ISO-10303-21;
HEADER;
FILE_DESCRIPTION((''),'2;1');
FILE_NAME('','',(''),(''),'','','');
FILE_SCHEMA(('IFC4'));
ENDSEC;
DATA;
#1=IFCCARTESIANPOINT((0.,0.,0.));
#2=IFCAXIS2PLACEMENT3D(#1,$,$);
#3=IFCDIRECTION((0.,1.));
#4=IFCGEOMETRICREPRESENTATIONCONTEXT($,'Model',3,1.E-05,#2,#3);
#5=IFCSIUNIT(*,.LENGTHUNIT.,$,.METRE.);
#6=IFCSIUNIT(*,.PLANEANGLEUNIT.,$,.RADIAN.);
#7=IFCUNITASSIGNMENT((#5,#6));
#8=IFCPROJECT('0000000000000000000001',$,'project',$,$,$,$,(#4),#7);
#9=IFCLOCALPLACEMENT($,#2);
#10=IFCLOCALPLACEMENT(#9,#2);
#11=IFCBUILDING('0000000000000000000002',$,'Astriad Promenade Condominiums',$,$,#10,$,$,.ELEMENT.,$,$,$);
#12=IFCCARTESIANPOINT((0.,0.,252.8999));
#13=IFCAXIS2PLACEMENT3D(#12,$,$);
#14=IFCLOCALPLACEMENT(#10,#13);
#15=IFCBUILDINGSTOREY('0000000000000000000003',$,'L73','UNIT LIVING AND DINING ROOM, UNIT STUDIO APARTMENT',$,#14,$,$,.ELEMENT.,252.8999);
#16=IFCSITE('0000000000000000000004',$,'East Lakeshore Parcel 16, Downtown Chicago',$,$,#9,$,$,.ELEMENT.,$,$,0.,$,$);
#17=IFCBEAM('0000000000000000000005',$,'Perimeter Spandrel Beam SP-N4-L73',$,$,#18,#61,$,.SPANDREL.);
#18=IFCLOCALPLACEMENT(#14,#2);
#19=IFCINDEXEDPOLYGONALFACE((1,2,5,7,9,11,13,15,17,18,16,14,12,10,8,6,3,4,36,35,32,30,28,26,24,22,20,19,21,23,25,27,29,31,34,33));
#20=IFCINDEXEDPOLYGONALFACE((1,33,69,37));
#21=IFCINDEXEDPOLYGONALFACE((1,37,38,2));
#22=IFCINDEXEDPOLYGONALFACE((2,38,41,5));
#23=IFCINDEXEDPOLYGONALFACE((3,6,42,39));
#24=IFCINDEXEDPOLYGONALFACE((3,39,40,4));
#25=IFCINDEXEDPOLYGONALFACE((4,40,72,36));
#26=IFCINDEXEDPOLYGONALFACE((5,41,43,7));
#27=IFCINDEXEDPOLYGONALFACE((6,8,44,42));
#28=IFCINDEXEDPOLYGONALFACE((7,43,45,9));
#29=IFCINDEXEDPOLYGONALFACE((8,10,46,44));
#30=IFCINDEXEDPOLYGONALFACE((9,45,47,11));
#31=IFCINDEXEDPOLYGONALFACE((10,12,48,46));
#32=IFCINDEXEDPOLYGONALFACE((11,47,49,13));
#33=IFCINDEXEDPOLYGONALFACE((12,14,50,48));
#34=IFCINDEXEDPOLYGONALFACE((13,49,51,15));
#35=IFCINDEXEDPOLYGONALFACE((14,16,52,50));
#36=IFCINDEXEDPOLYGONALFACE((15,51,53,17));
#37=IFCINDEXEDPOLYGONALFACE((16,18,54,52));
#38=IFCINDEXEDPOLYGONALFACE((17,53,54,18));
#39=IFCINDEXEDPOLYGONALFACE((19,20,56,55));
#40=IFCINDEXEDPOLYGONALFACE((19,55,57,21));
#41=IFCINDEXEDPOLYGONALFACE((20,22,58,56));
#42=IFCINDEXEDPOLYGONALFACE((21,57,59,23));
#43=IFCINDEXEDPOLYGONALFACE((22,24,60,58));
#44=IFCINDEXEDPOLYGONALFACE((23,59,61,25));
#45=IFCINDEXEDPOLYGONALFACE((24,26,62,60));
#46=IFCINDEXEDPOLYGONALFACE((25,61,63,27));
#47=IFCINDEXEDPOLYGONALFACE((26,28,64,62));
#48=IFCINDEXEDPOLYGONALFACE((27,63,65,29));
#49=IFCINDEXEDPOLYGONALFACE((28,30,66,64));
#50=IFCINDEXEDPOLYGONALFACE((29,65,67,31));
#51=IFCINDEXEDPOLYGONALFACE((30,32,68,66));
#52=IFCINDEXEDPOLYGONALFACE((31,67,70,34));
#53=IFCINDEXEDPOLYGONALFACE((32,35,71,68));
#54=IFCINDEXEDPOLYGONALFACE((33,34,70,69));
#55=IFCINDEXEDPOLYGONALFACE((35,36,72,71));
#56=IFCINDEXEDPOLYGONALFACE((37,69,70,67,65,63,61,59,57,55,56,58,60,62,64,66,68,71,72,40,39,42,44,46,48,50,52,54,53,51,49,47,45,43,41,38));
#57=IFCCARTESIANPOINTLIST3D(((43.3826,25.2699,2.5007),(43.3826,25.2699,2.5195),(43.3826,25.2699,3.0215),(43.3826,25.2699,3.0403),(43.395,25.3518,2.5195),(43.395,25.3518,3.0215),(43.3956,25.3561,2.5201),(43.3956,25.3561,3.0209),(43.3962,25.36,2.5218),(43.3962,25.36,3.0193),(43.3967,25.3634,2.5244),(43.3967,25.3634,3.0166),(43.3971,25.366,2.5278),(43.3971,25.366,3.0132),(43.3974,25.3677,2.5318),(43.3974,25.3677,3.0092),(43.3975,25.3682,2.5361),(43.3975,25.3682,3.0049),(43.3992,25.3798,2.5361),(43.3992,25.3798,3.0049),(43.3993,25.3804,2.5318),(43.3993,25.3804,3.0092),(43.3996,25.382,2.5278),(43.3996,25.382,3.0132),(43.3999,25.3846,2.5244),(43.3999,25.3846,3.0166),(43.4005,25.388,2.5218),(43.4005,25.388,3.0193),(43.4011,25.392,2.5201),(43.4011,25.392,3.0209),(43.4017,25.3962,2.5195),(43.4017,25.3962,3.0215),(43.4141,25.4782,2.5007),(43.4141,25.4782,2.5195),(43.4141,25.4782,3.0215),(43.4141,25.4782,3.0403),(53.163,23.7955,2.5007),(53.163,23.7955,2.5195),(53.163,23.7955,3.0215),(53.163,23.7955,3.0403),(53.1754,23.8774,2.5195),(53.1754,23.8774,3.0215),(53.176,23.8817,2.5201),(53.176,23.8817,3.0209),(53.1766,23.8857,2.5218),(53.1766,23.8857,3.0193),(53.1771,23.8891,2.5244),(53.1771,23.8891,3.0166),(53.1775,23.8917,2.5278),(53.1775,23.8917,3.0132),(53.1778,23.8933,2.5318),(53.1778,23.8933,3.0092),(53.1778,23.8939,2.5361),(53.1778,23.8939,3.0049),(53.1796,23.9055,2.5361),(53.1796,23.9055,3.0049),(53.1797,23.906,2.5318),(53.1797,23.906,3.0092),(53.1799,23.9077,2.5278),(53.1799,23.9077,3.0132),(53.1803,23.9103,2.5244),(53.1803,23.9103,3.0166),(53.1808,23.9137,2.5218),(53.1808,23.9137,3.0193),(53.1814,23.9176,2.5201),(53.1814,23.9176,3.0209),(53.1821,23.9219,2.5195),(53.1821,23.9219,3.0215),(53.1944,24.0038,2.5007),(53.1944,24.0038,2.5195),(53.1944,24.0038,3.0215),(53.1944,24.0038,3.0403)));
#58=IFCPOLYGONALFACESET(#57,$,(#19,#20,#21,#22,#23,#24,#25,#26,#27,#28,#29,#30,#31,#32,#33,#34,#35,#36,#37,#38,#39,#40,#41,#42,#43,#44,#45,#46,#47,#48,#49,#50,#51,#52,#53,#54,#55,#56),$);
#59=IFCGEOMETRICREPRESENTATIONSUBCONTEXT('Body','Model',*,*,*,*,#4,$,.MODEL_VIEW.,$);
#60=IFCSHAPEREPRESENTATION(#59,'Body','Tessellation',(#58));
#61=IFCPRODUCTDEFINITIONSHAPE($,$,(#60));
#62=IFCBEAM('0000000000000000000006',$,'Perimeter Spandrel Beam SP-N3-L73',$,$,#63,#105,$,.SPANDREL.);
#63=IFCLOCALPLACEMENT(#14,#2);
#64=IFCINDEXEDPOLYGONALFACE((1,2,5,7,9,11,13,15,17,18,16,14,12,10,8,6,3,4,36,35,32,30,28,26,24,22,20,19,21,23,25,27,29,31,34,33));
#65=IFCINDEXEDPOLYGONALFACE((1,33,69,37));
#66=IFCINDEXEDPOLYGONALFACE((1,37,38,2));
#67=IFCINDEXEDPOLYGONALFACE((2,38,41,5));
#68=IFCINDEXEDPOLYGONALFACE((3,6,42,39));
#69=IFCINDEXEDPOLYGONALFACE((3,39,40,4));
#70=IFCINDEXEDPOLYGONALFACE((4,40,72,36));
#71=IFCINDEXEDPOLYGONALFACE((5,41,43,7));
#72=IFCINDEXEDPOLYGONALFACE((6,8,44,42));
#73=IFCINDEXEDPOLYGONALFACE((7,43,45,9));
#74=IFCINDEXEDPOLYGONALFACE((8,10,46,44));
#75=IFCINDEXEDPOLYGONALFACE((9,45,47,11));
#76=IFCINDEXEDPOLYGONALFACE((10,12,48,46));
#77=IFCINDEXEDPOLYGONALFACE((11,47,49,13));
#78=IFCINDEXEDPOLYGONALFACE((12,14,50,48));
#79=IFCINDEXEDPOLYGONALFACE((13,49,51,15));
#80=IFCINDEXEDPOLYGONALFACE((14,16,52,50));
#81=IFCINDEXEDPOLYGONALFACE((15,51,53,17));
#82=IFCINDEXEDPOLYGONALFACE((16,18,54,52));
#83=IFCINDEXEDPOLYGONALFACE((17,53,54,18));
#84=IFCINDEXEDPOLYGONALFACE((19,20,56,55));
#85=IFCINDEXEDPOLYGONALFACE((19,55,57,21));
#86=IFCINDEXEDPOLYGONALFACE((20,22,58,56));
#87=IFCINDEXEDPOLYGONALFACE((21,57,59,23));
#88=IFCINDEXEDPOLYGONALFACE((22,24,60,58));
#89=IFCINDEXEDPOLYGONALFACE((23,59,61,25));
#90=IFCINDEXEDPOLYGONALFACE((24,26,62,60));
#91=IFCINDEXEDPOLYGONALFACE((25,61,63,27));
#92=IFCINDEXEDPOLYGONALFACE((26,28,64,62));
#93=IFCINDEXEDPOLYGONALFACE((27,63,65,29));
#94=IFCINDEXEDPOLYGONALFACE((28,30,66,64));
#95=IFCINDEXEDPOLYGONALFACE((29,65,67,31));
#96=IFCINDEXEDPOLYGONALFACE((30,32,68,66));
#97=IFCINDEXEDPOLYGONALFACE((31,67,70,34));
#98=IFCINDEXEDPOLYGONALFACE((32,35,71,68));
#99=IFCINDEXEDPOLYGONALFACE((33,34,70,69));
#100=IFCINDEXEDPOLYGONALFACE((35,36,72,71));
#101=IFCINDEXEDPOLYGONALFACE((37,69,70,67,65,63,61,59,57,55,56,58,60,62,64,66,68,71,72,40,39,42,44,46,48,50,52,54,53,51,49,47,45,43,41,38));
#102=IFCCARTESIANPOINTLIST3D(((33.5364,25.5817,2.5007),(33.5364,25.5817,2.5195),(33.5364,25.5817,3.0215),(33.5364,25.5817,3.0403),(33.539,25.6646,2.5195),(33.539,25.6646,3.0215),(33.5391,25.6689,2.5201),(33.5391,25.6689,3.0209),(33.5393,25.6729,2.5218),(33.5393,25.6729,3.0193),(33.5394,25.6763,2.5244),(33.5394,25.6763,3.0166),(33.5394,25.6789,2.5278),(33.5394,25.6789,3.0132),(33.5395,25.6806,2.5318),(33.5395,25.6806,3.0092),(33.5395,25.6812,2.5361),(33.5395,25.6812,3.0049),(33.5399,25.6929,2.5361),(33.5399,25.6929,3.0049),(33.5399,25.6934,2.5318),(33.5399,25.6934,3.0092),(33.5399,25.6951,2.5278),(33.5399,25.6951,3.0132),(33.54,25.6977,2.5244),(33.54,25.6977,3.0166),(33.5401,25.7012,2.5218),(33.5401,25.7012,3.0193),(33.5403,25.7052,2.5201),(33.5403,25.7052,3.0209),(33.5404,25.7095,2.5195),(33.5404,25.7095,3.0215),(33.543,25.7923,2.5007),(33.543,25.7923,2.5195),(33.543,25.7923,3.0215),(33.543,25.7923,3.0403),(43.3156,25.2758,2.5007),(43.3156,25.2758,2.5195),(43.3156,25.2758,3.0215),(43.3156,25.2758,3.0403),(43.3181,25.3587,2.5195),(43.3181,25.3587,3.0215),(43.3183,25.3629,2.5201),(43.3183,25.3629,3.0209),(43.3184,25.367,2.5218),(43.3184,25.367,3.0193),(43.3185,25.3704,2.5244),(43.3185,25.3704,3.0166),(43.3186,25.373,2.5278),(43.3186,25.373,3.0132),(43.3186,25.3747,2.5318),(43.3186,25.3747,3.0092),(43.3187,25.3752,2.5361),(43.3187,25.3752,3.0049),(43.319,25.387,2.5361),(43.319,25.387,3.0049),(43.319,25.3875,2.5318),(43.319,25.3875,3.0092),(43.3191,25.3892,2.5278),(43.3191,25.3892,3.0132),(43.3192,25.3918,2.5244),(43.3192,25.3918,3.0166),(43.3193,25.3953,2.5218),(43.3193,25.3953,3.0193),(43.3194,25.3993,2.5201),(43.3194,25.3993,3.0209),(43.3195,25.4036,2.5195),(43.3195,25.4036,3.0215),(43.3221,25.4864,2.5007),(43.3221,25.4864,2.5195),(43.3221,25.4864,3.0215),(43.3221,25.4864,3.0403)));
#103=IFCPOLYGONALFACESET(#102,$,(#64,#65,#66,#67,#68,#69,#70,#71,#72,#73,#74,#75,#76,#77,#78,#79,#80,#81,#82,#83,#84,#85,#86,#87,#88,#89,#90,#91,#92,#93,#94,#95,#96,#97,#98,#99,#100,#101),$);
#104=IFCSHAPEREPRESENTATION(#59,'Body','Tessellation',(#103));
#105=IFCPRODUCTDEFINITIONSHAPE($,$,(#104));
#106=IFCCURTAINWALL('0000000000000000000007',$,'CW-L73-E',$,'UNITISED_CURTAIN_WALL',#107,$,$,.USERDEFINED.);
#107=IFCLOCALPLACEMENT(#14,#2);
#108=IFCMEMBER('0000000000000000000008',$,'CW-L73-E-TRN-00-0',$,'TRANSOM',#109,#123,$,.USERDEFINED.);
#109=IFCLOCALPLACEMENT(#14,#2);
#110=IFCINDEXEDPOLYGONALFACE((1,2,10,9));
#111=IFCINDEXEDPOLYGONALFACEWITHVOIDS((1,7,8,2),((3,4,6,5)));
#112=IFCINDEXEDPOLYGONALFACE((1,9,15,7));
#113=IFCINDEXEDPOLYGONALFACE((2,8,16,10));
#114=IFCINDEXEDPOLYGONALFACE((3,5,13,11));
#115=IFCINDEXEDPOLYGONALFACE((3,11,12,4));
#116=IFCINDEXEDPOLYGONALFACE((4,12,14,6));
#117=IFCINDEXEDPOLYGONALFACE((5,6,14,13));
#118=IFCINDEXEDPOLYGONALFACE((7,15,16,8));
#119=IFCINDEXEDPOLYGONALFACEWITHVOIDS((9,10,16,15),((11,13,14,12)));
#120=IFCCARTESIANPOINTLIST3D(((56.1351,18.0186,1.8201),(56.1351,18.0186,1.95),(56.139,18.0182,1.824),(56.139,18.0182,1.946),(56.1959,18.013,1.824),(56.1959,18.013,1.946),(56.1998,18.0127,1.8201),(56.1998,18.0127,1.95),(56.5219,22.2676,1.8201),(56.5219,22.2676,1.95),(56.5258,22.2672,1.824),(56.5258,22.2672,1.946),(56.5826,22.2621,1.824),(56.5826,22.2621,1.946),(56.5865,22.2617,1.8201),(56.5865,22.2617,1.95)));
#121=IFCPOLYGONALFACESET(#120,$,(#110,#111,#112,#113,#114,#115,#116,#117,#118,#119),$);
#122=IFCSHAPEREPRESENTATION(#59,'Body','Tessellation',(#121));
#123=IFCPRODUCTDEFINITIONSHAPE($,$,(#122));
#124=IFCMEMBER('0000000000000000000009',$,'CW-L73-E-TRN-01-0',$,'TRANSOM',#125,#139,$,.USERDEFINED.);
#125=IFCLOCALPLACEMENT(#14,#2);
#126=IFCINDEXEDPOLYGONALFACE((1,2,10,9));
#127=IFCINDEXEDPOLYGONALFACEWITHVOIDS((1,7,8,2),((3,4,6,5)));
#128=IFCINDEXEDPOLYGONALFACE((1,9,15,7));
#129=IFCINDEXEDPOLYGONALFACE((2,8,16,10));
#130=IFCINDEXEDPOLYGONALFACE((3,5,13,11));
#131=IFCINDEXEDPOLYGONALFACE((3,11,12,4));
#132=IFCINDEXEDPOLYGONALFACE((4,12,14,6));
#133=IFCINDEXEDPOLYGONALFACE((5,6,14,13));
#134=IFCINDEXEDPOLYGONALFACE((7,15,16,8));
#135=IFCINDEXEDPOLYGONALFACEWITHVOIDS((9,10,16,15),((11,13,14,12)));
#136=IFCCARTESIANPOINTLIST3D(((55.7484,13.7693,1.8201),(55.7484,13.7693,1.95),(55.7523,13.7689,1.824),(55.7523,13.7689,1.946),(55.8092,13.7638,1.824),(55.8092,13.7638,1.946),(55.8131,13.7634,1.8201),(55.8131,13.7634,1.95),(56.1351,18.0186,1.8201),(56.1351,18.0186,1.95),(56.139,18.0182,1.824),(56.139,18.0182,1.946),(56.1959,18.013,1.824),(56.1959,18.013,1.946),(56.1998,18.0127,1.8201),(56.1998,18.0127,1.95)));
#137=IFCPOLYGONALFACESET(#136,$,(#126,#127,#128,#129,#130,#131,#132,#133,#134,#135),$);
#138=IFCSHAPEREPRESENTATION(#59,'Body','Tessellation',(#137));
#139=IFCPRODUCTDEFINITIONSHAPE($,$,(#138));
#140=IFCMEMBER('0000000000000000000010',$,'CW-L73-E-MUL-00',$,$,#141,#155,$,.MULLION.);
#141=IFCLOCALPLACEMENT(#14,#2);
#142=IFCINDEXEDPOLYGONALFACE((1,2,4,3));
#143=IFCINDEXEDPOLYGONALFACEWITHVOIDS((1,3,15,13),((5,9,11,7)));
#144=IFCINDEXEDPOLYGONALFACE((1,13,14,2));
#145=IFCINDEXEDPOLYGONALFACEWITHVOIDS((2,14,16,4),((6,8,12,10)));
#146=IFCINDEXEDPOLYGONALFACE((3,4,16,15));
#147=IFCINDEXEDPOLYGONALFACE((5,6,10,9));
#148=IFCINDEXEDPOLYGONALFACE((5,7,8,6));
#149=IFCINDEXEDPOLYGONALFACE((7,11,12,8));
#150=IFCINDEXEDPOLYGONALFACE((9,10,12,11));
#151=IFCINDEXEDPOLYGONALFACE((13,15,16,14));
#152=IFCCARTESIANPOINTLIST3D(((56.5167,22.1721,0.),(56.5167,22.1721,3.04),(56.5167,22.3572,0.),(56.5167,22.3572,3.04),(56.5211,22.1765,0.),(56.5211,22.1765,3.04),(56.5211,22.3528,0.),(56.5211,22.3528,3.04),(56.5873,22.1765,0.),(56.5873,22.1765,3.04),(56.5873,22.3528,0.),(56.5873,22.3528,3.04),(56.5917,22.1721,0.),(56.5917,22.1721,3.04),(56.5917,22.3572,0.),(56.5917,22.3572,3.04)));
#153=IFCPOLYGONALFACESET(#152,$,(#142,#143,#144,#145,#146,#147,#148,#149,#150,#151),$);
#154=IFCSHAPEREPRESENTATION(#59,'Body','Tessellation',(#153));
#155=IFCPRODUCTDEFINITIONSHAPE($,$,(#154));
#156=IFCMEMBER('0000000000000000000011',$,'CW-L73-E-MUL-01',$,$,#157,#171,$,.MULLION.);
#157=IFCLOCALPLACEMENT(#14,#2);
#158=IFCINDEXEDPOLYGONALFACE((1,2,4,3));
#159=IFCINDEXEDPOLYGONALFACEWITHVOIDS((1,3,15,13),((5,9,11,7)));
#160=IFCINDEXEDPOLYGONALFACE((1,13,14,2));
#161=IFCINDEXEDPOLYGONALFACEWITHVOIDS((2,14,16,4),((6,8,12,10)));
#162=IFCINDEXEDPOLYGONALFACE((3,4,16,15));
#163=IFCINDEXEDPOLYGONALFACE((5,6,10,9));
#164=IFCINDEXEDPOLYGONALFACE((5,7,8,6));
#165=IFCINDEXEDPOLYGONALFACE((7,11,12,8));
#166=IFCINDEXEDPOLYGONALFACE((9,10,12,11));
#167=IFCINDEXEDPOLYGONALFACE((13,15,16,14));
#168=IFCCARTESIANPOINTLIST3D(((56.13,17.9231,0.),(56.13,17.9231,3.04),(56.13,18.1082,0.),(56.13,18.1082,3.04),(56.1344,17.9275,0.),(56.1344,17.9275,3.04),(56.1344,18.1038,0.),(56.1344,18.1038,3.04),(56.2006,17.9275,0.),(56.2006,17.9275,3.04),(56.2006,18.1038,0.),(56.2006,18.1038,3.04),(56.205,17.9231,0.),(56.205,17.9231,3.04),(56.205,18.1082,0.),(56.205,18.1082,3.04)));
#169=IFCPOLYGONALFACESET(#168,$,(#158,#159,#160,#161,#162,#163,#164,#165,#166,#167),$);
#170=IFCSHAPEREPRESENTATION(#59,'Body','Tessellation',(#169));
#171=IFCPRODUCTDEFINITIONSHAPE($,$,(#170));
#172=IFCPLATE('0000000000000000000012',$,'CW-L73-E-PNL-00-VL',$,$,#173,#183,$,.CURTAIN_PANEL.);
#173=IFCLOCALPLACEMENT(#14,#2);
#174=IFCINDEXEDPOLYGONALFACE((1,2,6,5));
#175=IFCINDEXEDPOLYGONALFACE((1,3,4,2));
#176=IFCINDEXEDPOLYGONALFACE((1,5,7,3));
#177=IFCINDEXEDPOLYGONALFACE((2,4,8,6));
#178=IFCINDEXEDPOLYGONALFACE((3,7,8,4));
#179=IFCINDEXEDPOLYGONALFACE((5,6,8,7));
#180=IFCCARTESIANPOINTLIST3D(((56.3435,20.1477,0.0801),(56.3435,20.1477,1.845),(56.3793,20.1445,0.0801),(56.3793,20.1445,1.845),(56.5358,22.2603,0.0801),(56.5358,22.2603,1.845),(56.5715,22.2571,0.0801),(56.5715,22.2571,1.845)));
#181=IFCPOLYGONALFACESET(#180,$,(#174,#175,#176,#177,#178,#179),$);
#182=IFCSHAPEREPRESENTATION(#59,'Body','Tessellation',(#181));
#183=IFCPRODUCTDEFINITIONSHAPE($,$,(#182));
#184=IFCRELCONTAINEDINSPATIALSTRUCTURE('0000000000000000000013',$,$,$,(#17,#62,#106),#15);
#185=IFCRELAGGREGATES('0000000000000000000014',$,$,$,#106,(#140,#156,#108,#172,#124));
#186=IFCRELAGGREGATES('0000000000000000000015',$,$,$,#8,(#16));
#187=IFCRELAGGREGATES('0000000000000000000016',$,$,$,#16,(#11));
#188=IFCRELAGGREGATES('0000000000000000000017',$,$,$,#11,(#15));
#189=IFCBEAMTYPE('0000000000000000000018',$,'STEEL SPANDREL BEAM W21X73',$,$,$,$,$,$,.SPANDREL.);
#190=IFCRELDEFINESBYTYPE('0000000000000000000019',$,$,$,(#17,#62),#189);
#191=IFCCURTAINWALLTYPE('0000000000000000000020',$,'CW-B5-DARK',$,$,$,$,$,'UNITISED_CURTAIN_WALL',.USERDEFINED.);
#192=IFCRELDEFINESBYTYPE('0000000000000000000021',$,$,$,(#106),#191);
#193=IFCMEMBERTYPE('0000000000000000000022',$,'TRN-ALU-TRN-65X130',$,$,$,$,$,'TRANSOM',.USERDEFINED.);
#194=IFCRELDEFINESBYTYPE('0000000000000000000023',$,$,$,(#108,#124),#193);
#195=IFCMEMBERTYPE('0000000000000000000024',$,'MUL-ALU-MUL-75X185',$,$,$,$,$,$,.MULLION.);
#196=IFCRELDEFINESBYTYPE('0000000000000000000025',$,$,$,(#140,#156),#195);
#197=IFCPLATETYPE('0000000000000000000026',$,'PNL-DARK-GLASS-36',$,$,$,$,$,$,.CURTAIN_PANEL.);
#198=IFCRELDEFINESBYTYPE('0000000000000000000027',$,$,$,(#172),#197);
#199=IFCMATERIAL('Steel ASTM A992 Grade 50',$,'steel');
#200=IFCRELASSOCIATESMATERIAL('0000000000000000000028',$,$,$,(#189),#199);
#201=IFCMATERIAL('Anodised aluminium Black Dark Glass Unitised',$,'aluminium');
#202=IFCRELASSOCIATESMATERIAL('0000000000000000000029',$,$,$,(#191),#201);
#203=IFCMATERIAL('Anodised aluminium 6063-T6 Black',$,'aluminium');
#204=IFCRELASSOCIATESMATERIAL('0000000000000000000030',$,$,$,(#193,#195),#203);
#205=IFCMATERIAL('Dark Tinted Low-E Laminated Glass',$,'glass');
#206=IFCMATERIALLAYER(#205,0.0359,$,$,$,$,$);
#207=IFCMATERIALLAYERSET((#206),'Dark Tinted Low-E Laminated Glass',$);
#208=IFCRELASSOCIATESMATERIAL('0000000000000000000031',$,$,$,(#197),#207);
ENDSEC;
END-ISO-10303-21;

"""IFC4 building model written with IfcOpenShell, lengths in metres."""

from ifc_helpers import new_model, si_unit, direction, frame, origin, origin_2d, place, context, subcontext, project, spatial, rectangle, hollow_rectangle, i_section, extrude, source, transform, mapped, material, layer, layer_set, material_profile, profile_set, type_object, type_shapes, element, aggregate, save


model = new_model("IFC4")

# Units and contexts
model_context = context("Model", 3, precision=1e-05, world=origin(), true_north=direction((0.0, 1.0)))
body_context = subcontext(model_context, "Body", "Model", "MODEL_VIEW")
ifc_project = project(units=[si_unit("LENGTHUNIT", "METRE"), si_unit("PLANEANGLEUNIT", "RADIAN")], contexts=[model_context])

# Site, building, storey
site_placement = place(None, origin())
site = spatial("IfcSite", under=ifc_project, at=site_placement, Name="East Lakeshore Parcel 16, Downtown Chicago", CompositionType="ELEMENT", RefElevation=0.0)
building_placement = place(site_placement, origin())
building = spatial("IfcBuilding", under=site, at=building_placement, Name="Astriad Promenade Condominiums", CompositionType="ELEMENT")
storey_placement = place(building_placement, frame((0.0, 0.0, 252.8999)))
storey = spatial("IfcBuildingStorey", under=building, at=storey_placement, Name="L73", Description="UNIT LIVING AND DINING ROOM, UNIT STUDIO APARTMENT", CompositionType="ELEMENT", Elevation=252.8999)

# Shared definitions
ifc_material_1 = material(Name="Steel ASTM A992 Grade 50", Category="steel")

# Beams
ifc_material_profile_1 = material_profile(ifc_material_1, i_section(OverallWidth=0.2107, OverallDepth=0.5396, WebThickness=0.0117, FlangeThickness=0.0188, FilletRadius=0.0166, at=origin_2d()), Name="W21X73")
ifc_profile_set_1 = profile_set([ifc_material_profile_1], Name="Steel ASTM A992 Grade 50")
beam_type_1 = type_object("IfcBeamType", Name="STEEL SPANDREL BEAM W21X73", PredefinedType="SPANDREL", material=ifc_profile_set_1)
shared_shape_1 = source(origin(), body_context, "Body", "SweptSolid", [
    extrude(i_section(OverallWidth=0.2107, OverallDepth=0.5396, WebThickness=0.0117, FlangeThickness=0.0188, FilletRadius=0.0166, at=origin_2d()), origin(), (0.0, 0.0, 1.0), 9.8909),
])
beam_1_placement = place(storey_placement, frame((53.1787, 23.8997, 2.7705), z_axis=(-0.988827, 0.149065, 0.0), x_axis=(-0.149065, -0.988827, 0.0)))
element("IfcBeam", 1, at=beam_1_placement, inside=storey, type_object=beam_type_1, Name="Perimeter Spandrel Beam SP-N4-L73", PredefinedType="SPANDREL", context=body_context, shape_type="MappedRepresentation", body=[
    mapped(shared_shape_1, transform((0.0, 0.0, 0.0), scale=1.0)),
])
shared_shape_2 = source(origin(), body_context, "Body", "SweptSolid", [
    extrude(i_section(OverallWidth=0.2107, OverallDepth=0.5396, WebThickness=0.0117, FlangeThickness=0.0188, FilletRadius=0.0166, at=origin_2d()), origin(), (0.0, 0.0, 1.0), 9.7839),
])
type_shapes(beam_type_1, [shared_shape_1, shared_shape_2])
beam_2_placement = place(storey_placement, frame((43.3188, 25.3811, 2.7705), z_axis=(-0.999511, 0.031267, 0.0), x_axis=(-0.031267, -0.999511, 0.0)))
element("IfcBeam", 2, at=beam_2_placement, inside=storey, type_object=beam_type_1, Name="Perimeter Spandrel Beam SP-N3-L73", PredefinedType="SPANDREL", context=body_context, shape_type="MappedRepresentation", body=[
    mapped(shared_shape_2, transform((0.0, 0.0, 0.0), scale=1.0)),
])

# Curtain wall, members, plate
ifc_material_2 = material(Name="Anodised aluminium Black Dark Glass Unitised", Category="aluminium")
curtain_wall_type = type_object("IfcCurtainWallType", Name="CW-B5-DARK", ElementType="UNITISED_CURTAIN_WALL", PredefinedType="USERDEFINED", material=ifc_material_2)
curtain_wall_placement = place(storey_placement, origin())
curtain_wall = element("IfcCurtainWall", 3, at=curtain_wall_placement, inside=storey, type_object=curtain_wall_type, Name="CW-L73-E", ObjectType="UNITISED_CURTAIN_WALL", PredefinedType="USERDEFINED")
ifc_material_3 = material(Name="Anodised aluminium 6063-T6 Black", Category="aluminium")
ifc_material_profile_2 = material_profile(ifc_material_3, hollow_rectangle(XDim=0.0649, YDim=0.1299, WallThickness=0.0039, at=origin_2d()), Name="ALU-TRN-65X130")
ifc_profile_set_2 = profile_set([ifc_material_profile_2], Name="Anodised aluminium 6063-T6 Black")
member_type_1 = type_object("IfcMemberType", Name="TRN-ALU-TRN-65X130", ElementType="TRANSOM", PredefinedType="USERDEFINED", material=ifc_profile_set_2)
shared_shape_3 = source(origin(), body_context, "Body", "SweptSolid", [
    extrude(hollow_rectangle(XDim=0.0649, YDim=0.1299, WallThickness=0.0039, at=origin_2d()), origin(), (0.0, 0.0, 1.0), 4.2666),
])
member_1_placement = place(storey_placement, frame((56.5542, 22.2646, 1.885), z_axis=(-0.090639, -0.995884, 0.0), x_axis=(0.995884, -0.090639, 0.0)))
member_1 = element("IfcMember", 4, at=member_1_placement, type_object=member_type_1, Name="CW-L73-E-TRN-00-0", ObjectType="TRANSOM", PredefinedType="USERDEFINED", context=body_context, shape_type="MappedRepresentation", body=[
    mapped(shared_shape_3, transform((0.0, 0.0, 0.0), scale=1.0)),
])
shared_shape_4 = source(origin(), body_context, "Body", "SweptSolid", [
    extrude(hollow_rectangle(XDim=0.0649, YDim=0.1299, WallThickness=0.0039, at=origin_2d()), origin(), (0.0, 0.0, 1.0), 4.2668),
])
type_shapes(member_type_1, [shared_shape_3, shared_shape_4])
member_2_placement = place(storey_placement, frame((56.1675, 18.0156, 1.885), z_axis=(-0.090634, -0.995884, 0.0), x_axis=(0.995884, -0.090634, 0.0)))
member_2 = element("IfcMember", 5, at=member_2_placement, type_object=member_type_1, Name="CW-L73-E-TRN-01-0", ObjectType="TRANSOM", PredefinedType="USERDEFINED", context=body_context, shape_type="MappedRepresentation", body=[
    mapped(shared_shape_4, transform((0.0, 0.0, 0.0), scale=1.0)),
])
ifc_material_profile_3 = material_profile(ifc_material_3, hollow_rectangle(XDim=0.075, YDim=0.1851, WallThickness=0.0044, at=origin_2d()), Name="ALU-MUL-75X185")
ifc_profile_set_3 = profile_set([ifc_material_profile_3], Name="Anodised aluminium 6063-T6 Black")
member_type_2 = type_object("IfcMemberType", Name="MUL-ALU-MUL-75X185", PredefinedType="MULLION", material=ifc_profile_set_3)
shared_shape_5 = source(origin(), body_context, "Body", "SweptSolid", [
    extrude(hollow_rectangle(XDim=0.075, YDim=0.1851, WallThickness=0.0044, at=origin_2d()), origin(), (0.0, 0.0, 1.0), 3.04),
])
type_shapes(member_type_2, [shared_shape_5])
member_3_placement = place(storey_placement, frame((56.5542, 22.2646, 0.0), z_axis=(0.0, 0.0, 1.0), x_axis=(1.0, 0.0, 0.0)))
member_3 = element("IfcMember", 6, at=member_3_placement, type_object=member_type_2, Name="CW-L73-E-MUL-00", PredefinedType="MULLION", context=body_context, shape_type="MappedRepresentation", body=[
    mapped(shared_shape_5, transform((0.0, 0.0, 0.0), scale=1.0)),
])
member_4_placement = place(storey_placement, frame((56.1675, 18.0156, 0.0), z_axis=(0.0, 0.0, 1.0), x_axis=(1.0, 0.0, 0.0)))
member_4 = element("IfcMember", 7, at=member_4_placement, type_object=member_type_2, Name="CW-L73-E-MUL-01", PredefinedType="MULLION", context=body_context, shape_type="MappedRepresentation", body=[
    mapped(shared_shape_5, transform((0.0, 0.0, 0.0), scale=1.0)),
])
ifc_material_4 = material(Name="Dark Tinted Low-E Laminated Glass", Category="glass")
ifc_layer_1 = layer(ifc_material_4, 0.0359)
ifc_layer_set_1 = layer_set([ifc_layer_1], Name="Dark Tinted Low-E Laminated Glass")
plate_type = type_object("IfcPlateType", Name="PNL-DARK-GLASS-36", PredefinedType="CURTAIN_PANEL", material=ifc_layer_set_1)
shared_shape_6 = source(origin(), body_context, "Body", "SweptSolid", [
    extrude(rectangle(XDim=2.1213, YDim=0.0359, at=origin_2d()), origin(), (0.0, 0.0, 1.0), 1.7649),
])
plate_1_placement = place(storey_placement, frame((56.4575, 21.2024, 0.0801), z_axis=(0.0, 0.0, 1.0), x_axis=(-0.090633, -0.995884, 0.0)))
plate_1 = element("IfcPlate", 8, at=plate_1_placement, type_object=plate_type, Name="CW-L73-E-PNL-00-VL", PredefinedType="CURTAIN_PANEL", context=body_context, shape_type="MappedRepresentation", body=[
    mapped(shared_shape_6, transform((0.0, 0.0, 0.0), scale=1.0)),
])
aggregate(curtain_wall, [member_3, member_4, member_1, plate_1, member_2])

save(model, "model.ifc")
